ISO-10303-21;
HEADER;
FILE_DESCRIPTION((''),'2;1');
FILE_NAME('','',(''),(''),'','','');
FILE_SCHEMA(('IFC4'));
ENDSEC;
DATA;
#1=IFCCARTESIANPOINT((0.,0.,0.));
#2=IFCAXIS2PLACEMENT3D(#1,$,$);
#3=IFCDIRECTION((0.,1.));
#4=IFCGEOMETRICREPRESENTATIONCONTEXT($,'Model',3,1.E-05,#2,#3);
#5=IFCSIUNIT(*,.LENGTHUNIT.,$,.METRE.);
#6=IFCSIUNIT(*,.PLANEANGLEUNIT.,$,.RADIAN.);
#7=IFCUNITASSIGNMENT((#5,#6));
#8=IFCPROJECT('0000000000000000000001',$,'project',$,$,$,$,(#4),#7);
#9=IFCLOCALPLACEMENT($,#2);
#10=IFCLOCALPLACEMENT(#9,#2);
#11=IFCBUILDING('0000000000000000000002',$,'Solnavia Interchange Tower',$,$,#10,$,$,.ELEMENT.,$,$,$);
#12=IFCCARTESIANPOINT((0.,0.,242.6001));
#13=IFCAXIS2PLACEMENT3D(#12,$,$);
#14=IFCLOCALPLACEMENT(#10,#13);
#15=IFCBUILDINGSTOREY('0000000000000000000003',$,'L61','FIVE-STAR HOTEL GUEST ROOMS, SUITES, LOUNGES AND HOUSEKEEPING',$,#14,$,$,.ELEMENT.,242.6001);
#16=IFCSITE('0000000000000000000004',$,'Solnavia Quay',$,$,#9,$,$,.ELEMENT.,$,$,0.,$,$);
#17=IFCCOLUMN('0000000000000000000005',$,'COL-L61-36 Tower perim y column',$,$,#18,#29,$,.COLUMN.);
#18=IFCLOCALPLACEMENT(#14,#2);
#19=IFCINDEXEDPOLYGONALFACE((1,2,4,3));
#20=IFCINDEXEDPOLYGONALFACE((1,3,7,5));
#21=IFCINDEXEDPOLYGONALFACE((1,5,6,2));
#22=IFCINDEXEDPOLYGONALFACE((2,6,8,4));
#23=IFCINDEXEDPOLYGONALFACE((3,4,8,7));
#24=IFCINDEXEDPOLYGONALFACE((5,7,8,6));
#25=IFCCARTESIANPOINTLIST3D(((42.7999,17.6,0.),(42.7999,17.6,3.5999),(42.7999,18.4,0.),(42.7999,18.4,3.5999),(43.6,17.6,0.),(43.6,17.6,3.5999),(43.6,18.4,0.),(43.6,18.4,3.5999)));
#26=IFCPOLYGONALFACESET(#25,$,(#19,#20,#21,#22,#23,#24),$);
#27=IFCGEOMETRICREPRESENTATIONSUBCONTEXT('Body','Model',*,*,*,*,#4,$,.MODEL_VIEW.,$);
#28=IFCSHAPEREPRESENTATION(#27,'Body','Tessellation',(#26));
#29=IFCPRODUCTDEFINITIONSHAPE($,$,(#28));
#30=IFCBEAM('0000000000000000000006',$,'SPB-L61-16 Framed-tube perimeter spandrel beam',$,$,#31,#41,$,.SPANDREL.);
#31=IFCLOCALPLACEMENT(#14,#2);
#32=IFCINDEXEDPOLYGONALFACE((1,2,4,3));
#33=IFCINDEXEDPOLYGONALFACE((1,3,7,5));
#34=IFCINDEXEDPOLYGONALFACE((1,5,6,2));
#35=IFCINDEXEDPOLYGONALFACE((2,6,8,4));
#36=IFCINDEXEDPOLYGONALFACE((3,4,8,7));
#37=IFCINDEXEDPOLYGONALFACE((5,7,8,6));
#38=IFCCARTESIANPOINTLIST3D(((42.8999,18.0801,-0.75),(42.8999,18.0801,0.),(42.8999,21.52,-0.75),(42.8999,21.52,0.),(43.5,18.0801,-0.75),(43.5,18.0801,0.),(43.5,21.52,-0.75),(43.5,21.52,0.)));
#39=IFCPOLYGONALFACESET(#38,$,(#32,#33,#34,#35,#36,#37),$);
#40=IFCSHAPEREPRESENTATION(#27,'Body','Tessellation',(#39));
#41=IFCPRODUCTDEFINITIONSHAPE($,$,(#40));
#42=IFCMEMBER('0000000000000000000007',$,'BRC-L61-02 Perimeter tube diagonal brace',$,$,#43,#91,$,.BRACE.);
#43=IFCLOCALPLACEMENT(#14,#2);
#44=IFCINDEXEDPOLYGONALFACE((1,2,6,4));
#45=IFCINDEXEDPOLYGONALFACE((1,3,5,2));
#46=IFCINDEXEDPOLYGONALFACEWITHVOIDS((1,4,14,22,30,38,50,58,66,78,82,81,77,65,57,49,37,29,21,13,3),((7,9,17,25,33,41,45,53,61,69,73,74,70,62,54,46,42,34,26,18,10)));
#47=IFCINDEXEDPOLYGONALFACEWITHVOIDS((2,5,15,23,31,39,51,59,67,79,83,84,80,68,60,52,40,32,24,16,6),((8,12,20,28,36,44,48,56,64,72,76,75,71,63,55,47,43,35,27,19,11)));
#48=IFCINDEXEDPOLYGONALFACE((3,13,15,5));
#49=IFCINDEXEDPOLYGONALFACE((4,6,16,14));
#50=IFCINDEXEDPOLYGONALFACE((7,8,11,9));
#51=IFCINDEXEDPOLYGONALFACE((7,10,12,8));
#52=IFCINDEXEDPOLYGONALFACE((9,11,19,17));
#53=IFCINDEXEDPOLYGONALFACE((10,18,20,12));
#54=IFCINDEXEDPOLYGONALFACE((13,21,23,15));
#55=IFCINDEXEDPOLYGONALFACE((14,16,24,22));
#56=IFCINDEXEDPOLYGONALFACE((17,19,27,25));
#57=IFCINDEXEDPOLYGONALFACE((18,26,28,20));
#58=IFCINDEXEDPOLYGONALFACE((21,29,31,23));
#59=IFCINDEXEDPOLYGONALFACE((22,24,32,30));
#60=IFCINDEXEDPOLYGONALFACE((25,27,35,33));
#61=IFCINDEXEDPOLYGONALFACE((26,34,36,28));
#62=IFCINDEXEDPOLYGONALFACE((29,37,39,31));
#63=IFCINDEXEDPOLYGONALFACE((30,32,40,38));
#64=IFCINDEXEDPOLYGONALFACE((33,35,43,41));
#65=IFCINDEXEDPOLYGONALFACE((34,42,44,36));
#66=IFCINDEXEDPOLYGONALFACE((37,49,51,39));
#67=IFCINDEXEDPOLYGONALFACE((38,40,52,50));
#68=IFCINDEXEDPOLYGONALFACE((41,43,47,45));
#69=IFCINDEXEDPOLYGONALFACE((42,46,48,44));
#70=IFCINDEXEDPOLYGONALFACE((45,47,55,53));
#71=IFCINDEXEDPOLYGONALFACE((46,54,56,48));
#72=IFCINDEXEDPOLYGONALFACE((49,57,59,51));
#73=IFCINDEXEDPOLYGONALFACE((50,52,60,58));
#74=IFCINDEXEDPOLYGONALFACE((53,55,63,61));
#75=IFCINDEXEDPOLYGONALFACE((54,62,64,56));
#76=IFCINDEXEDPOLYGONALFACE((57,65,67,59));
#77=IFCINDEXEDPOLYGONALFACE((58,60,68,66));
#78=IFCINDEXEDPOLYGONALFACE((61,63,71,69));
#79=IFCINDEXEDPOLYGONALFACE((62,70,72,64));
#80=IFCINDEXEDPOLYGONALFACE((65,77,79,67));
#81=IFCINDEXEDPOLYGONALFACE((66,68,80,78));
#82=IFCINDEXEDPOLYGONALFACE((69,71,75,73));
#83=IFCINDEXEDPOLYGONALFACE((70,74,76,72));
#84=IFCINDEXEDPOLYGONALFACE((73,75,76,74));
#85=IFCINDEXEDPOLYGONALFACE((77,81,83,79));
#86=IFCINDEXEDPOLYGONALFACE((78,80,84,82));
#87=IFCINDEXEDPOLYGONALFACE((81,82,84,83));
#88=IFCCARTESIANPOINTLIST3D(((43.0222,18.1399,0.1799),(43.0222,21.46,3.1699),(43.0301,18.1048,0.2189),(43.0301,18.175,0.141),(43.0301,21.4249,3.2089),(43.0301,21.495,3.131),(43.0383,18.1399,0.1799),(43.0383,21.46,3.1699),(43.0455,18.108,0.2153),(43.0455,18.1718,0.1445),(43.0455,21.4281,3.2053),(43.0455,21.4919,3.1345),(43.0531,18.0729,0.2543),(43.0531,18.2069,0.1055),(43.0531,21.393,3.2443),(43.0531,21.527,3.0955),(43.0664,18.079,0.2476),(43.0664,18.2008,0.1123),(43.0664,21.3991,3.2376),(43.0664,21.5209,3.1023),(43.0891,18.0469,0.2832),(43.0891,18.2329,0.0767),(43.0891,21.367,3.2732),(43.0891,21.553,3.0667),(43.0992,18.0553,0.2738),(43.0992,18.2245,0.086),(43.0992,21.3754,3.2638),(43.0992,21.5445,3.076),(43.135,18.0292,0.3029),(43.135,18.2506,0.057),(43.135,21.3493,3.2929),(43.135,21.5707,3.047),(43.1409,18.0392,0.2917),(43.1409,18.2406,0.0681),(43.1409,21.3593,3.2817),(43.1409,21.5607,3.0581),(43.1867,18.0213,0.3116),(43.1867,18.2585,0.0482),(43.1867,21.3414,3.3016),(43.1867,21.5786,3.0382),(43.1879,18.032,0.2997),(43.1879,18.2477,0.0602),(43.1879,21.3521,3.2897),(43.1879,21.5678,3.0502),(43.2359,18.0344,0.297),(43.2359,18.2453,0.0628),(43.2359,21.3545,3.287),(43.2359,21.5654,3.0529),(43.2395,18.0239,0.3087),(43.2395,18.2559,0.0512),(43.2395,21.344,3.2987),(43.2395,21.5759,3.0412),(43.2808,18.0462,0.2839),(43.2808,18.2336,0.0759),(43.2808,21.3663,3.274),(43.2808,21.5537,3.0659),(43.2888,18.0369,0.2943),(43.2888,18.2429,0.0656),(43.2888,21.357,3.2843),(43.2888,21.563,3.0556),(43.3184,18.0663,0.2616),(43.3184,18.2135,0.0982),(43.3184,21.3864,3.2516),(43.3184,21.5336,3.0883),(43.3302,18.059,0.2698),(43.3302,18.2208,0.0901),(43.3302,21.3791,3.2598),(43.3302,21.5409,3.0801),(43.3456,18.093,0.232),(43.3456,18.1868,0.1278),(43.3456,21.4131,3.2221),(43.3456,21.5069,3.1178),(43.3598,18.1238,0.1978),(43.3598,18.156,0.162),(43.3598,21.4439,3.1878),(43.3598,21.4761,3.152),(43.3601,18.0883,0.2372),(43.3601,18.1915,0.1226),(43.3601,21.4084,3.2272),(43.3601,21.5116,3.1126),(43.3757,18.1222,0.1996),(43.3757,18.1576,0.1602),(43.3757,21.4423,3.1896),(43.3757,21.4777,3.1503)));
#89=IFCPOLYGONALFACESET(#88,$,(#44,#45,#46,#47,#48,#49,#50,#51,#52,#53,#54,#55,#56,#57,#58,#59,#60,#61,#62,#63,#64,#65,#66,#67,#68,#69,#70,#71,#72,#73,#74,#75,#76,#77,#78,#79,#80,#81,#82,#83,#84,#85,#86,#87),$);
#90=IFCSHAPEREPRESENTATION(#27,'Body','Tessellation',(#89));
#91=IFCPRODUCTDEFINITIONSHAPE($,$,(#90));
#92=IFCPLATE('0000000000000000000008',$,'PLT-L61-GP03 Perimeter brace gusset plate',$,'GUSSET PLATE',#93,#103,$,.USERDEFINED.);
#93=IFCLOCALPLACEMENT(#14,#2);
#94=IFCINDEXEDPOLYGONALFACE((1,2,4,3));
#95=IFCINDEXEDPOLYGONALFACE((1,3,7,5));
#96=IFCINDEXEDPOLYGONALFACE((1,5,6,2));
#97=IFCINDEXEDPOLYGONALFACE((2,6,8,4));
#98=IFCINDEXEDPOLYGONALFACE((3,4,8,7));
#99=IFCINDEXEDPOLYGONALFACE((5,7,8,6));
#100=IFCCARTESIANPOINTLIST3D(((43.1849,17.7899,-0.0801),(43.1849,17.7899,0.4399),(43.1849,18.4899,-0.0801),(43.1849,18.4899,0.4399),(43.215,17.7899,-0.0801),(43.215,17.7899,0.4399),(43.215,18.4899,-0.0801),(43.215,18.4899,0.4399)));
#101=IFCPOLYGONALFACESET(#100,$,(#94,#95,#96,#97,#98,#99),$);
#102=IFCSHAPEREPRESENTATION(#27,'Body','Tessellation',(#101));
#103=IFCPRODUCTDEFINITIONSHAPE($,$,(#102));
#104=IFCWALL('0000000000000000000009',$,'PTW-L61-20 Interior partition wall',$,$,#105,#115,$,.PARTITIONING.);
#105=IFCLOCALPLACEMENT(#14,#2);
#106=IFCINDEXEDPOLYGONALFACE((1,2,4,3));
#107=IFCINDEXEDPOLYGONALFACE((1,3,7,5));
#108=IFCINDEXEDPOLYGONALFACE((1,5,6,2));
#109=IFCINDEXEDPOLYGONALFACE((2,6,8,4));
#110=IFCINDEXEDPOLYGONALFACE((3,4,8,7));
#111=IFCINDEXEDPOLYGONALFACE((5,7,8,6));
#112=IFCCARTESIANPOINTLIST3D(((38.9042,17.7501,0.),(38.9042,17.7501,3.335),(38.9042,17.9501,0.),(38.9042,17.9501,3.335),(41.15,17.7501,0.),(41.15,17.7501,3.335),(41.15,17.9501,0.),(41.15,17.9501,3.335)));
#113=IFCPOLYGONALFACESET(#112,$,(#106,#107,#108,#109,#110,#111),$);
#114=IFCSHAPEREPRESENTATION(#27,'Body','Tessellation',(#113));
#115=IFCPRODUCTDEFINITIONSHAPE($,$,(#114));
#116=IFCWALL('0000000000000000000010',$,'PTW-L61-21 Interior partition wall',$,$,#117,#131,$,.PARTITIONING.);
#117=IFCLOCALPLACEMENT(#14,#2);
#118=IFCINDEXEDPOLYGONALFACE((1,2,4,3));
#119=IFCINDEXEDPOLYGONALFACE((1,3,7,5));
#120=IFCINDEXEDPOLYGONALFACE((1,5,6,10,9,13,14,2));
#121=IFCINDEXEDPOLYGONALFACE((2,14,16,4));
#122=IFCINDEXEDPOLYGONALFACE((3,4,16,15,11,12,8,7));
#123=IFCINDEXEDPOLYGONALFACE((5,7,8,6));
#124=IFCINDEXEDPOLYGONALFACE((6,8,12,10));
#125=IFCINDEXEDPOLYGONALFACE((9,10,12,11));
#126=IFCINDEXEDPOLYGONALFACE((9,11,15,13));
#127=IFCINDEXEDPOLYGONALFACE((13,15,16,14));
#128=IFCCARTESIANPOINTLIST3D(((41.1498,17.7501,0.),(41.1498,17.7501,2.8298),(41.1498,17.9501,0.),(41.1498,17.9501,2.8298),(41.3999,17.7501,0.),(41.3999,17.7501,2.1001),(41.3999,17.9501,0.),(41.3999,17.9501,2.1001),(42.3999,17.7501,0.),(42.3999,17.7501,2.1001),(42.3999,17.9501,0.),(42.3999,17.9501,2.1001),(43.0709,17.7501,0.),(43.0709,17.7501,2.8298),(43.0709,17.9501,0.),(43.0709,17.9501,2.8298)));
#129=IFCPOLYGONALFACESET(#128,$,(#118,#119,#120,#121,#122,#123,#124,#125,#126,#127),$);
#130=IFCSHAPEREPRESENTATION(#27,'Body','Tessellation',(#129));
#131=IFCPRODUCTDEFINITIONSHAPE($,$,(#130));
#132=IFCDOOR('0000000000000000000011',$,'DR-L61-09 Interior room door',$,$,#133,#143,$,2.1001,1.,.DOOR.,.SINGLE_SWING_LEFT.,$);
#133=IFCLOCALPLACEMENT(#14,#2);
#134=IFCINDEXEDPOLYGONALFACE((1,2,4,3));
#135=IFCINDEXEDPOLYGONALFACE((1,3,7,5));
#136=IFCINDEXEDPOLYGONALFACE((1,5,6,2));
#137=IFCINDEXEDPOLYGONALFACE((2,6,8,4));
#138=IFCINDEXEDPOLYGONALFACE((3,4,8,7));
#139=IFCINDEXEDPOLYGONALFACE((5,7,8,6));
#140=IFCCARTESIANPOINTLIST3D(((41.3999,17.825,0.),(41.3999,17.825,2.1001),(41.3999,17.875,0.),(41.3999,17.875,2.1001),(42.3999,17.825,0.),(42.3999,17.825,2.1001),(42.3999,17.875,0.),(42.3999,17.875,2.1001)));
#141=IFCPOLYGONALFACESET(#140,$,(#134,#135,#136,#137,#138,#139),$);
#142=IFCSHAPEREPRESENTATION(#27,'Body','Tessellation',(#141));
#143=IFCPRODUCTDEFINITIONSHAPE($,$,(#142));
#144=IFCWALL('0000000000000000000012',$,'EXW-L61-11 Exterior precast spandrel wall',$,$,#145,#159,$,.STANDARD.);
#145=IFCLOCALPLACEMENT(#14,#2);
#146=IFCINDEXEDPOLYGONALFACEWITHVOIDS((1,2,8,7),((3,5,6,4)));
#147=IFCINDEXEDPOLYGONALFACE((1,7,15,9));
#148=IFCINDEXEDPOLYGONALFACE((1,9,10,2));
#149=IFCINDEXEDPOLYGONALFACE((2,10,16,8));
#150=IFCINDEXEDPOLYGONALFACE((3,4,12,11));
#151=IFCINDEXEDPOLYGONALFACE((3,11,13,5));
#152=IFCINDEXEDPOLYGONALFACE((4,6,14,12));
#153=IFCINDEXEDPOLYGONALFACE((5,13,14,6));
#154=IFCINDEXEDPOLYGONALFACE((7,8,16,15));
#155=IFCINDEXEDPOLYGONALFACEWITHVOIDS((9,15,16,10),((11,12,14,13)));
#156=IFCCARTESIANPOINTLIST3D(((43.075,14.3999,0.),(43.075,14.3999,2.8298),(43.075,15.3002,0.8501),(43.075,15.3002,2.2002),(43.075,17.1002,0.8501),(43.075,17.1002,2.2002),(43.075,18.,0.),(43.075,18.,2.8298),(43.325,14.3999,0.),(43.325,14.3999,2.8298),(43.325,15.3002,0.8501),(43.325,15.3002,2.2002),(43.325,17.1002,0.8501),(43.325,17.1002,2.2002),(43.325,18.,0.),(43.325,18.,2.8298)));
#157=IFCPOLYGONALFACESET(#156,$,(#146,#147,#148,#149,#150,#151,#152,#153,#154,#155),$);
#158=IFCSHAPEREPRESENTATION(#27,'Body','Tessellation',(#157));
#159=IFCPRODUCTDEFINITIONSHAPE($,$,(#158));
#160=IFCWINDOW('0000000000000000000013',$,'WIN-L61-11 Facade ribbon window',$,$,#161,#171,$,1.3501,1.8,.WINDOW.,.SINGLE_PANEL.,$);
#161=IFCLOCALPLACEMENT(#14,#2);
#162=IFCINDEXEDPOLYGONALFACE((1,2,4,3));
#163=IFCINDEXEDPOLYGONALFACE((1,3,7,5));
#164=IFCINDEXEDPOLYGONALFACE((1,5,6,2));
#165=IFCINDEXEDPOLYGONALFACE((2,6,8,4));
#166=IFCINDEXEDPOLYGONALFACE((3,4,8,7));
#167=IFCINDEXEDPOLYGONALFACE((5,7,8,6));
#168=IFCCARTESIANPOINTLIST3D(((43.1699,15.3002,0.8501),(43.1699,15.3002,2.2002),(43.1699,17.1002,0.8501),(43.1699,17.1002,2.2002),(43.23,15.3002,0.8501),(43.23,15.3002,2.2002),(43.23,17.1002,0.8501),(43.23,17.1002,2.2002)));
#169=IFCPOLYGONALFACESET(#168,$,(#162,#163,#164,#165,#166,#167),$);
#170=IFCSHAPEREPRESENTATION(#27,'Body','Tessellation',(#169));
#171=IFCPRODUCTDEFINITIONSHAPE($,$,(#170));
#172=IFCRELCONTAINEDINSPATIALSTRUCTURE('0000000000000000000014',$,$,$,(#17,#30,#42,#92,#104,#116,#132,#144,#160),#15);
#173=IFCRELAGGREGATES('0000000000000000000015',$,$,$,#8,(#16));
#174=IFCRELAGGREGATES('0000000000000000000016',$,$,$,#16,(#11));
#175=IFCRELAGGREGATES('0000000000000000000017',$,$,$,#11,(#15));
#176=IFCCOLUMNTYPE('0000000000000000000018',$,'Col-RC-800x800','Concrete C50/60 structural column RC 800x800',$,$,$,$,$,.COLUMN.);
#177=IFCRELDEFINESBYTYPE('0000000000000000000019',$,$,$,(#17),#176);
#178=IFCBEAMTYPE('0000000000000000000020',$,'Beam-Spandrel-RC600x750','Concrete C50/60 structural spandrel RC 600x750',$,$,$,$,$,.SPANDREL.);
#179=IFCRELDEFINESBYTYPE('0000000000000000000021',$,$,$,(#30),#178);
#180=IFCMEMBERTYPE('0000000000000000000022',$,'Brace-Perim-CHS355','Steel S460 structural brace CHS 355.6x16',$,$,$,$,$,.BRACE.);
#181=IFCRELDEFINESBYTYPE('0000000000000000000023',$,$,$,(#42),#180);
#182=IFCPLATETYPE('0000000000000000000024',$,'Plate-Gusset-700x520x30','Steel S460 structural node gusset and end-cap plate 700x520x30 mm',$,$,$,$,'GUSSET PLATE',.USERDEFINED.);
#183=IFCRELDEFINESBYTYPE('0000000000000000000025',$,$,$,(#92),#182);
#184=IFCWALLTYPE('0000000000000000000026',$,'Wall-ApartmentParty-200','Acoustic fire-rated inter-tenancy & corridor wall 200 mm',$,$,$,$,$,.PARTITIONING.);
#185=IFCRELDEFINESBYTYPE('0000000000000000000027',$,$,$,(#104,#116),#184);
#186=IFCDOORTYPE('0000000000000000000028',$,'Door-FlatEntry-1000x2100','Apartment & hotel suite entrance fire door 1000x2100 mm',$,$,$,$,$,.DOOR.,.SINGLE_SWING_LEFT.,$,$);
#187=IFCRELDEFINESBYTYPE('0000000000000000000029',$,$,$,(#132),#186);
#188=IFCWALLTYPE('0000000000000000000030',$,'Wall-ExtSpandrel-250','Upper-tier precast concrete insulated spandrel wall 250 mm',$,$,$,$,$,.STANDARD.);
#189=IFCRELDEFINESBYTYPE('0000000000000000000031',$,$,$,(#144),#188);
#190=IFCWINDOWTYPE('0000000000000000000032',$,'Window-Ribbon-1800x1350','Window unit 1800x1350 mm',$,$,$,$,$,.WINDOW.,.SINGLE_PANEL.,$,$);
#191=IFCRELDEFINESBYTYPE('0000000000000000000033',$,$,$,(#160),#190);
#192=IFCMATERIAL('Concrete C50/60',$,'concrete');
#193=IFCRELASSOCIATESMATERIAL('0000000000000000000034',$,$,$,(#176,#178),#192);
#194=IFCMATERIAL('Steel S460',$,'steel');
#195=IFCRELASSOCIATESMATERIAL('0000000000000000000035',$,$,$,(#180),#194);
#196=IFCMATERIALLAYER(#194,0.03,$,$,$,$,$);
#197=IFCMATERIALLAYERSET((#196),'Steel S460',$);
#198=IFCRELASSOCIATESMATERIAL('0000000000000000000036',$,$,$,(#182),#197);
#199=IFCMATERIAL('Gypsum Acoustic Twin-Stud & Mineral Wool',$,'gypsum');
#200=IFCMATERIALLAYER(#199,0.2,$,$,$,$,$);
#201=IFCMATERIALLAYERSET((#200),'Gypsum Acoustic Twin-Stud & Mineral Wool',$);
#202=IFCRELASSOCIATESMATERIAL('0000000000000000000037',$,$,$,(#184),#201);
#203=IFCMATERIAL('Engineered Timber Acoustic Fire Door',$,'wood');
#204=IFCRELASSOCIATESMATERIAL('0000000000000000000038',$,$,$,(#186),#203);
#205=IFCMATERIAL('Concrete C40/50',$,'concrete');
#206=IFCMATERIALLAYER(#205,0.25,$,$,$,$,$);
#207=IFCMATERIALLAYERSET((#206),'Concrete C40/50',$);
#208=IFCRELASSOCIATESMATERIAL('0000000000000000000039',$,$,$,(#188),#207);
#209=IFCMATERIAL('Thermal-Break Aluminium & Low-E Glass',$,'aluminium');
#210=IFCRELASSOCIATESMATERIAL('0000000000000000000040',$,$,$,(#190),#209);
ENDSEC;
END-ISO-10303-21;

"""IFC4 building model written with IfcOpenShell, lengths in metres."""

from ifc_helpers import new_model, si_unit, direction, frame, frame_2d, origin, origin_2d, place, context, subcontext, project, spatial, rectangle, hollow_circle, extrude, material, layer, layer_set, material_profile, profile_set, type_object, element, fill, save


model = new_model("IFC4")

# Units and contexts
model_context = context("Model", 3, precision=1e-05, world=origin(), true_north=direction((0.0, 1.0)))
body_context = subcontext(model_context, "Body", "Model", "MODEL_VIEW")
ifc_project = project(units=[si_unit("LENGTHUNIT", "METRE"), si_unit("PLANEANGLEUNIT", "RADIAN")], contexts=[model_context])

# Site, building, storey
site_placement = place(None, origin())
site = spatial("IfcSite", under=ifc_project, at=site_placement, Name="Solnavia Quay", CompositionType="ELEMENT", RefElevation=0.0)
building_placement = place(site_placement, origin())
building = spatial("IfcBuilding", under=site, at=building_placement, Name="Solnavia Interchange Tower", CompositionType="ELEMENT")
storey_placement = place(building_placement, frame((0.0, 0.0, 242.6001)))
storey = spatial("IfcBuildingStorey", under=building, at=storey_placement, Name="L61", Description="FIVE-STAR HOTEL GUEST ROOMS, SUITES, LOUNGES AND HOUSEKEEPING", CompositionType="ELEMENT", Elevation=242.6001)

# Column
ifc_material_1 = material(Name="Concrete C50/60", Category="concrete")
ifc_material_profile_1 = material_profile(ifc_material_1, rectangle(XDim=0.8, YDim=0.8, at=origin_2d()), Name="RC 800x800")
ifc_profile_set_1 = profile_set([ifc_material_profile_1], Name="Concrete C50/60")
column_type = type_object("IfcColumnType", Name="Col-RC-800x800", Description="Concrete C50/60 structural column RC 800x800", PredefinedType="COLUMN", material=ifc_profile_set_1)
column_placement = place(storey_placement, frame((43.2, 18.0, 0.0), z_axis=(0.0, 0.0, 1.0), x_axis=(0.0, 1.0, 0.0)))
element("IfcColumn", 1, at=column_placement, inside=storey, type_object=column_type, Name="COL-L61-36 Tower perim y column", PredefinedType="COLUMN", context=body_context, shape_type="SweptSolid", body=[
    extrude(rectangle(XDim=0.8, YDim=0.8, at=origin_2d()), origin(), (0.0, 0.0, 1.0), 3.5999),
])

# Beam
ifc_material_profile_2 = material_profile(ifc_material_1, rectangle(XDim=0.6001, YDim=0.75, at=origin_2d()), Name="RC 600x750")
ifc_profile_set_2 = profile_set([ifc_material_profile_2], Name="Concrete C50/60")
beam_type = type_object("IfcBeamType", Name="Beam-Spandrel-RC600x750", Description="Concrete C50/60 structural spandrel RC 600x750", PredefinedType="SPANDREL", material=ifc_profile_set_2)
beam_placement = place(storey_placement, frame((43.2, 18.0801, -0.375), z_axis=(0.0, 1.0, 0.0), x_axis=(-1.0, 0.0, 0.0)))
element("IfcBeam", 2, at=beam_placement, inside=storey, type_object=beam_type, Name="SPB-L61-16 Framed-tube perimeter spandrel beam", PredefinedType="SPANDREL", context=body_context, shape_type="SweptSolid", body=[
    extrude(rectangle(XDim=0.6001, YDim=0.75, at=origin_2d()), origin(), (0.0, 0.0, 1.0), 3.4399),
])

# Member
ifc_material_2 = material(Name="Steel S460", Category="steel")
ifc_material_profile_3 = material_profile(ifc_material_2, hollow_circle(Radius=0.1777, WallThickness=0.0161, at=origin_2d()), Name="CHS 355.6x16")
ifc_profile_set_3 = profile_set([ifc_material_profile_3], Name="Steel S460")
member_type = type_object("IfcMemberType", Name="Brace-Perim-CHS355", Description="Steel S460 structural brace CHS 355.6x16", PredefinedType="BRACE", material=ifc_profile_set_3)
member_placement = place(storey_placement, frame((43.2, 18.1399, 0.1799), z_axis=(0.0, 0.743079, 0.669203), x_axis=(-1.0, 0.0, 0.0)))
element("IfcMember", 3, at=member_placement, inside=storey, type_object=member_type, Name="BRC-L61-02 Perimeter tube diagonal brace", PredefinedType="BRACE", context=body_context, shape_type="SweptSolid", body=[
    extrude(hollow_circle(Radius=0.1777, WallThickness=0.0161, at=origin_2d()), origin(), (0.0, 0.0, 1.0), 4.468),
])

# Plate
ifc_layer_1 = layer(ifc_material_2, 0.03)
ifc_layer_set_1 = layer_set([ifc_layer_1], Name="Steel S460")
plate_type = type_object("IfcPlateType", Name="Plate-Gusset-700x520x30", Description="Steel S460 structural node gusset and end-cap plate 700x520x30 mm", ElementType="GUSSET PLATE", PredefinedType="USERDEFINED", material=ifc_layer_set_1)
plate_placement = place(storey_placement, frame((43.2, 18.1399, -0.0801), z_axis=(0.0, 0.0, 1.0), x_axis=(0.0, 1.0, 0.0)))
element("IfcPlate", 4, at=plate_placement, inside=storey, type_object=plate_type, Name="PLT-L61-GP03 Perimeter brace gusset plate", ObjectType="GUSSET PLATE", PredefinedType="USERDEFINED", context=body_context, shape_type="SweptSolid", body=[
    extrude(rectangle(XDim=0.7, YDim=0.03, at=origin_2d()), origin(), (0.0, 0.0, 1.0), 0.52),
])

# Wall
ifc_material_3 = material(Name="Gypsum Acoustic Twin-Stud & Mineral Wool", Category="gypsum")
ifc_layer_2 = layer(ifc_material_3, 0.2)
ifc_layer_set_2 = layer_set([ifc_layer_2], Name="Gypsum Acoustic Twin-Stud & Mineral Wool")
wall_type_1 = type_object("IfcWallType", Name="Wall-ApartmentParty-200", Description="Acoustic fire-rated inter-tenancy & corridor wall 200 mm", PredefinedType="PARTITIONING", material=ifc_layer_set_2)
wall_1_placement = place(storey_placement, frame((38.9041, 17.8501, 0.0), z_axis=(0.0, 0.0, 1.0), x_axis=(1.0, 0.0, 0.0)))
element("IfcWall", 5, at=wall_1_placement, inside=storey, type_object=wall_type_1, Name="PTW-L61-20 Interior partition wall", PredefinedType="PARTITIONING", context=body_context, shape_type="SweptSolid", body=[
    extrude(rectangle(XDim=2.2458, YDim=0.2, at=frame_2d((1.123, 0.0))), origin(), (0.0, 0.0, 1.0), 3.335),
])

# Wall, opening, door
wall_2_placement = place(storey_placement, frame((41.1499, 17.8501, 0.0), z_axis=(0.0, 0.0, 1.0), x_axis=(1.0, 0.0, 0.0)))
wall_2 = element("IfcWall", 6, at=wall_2_placement, inside=storey, type_object=wall_type_1, Name="PTW-L61-21 Interior partition wall", PredefinedType="PARTITIONING", context=body_context, shape_type="SweptSolid", body=[
    extrude(rectangle(XDim=1.9211, YDim=0.2, at=frame_2d((0.9604, 0.0))), origin(), (0.0, 0.0, 1.0), 2.8298),
])
opening_1_placement = place(wall_2_placement, frame((0.25, 0.0, 0.0)))
opening_1 = element("IfcOpeningElement", 7, at=opening_1_placement, cuts=wall_2, PredefinedType="OPENING", context=body_context, shape_type="SweptSolid", body=[
    extrude(rectangle(XDim=1.0, YDim=2.1001, at=frame_2d((0.5, 1.05))), frame((0.0, 0.1099, 0.0), z_axis=(0.0, -1.0, 0.0), x_axis=(1.0, 0.0, 0.0)), (0.0, 0.0, 1.0), 0.22),
])
ifc_material_4 = material(Name="Engineered Timber Acoustic Fire Door", Category="wood")
door_type_1 = type_object("IfcDoorType", Name="Door-FlatEntry-1000x2100", Description="Apartment & hotel suite entrance fire door 1000x2100 mm", OperationType="SINGLE_SWING_LEFT", PredefinedType="DOOR", material=ifc_material_4)
door_1_placement = place(opening_1_placement, origin())
door_1 = element("IfcDoor", 8, at=door_1_placement, inside=storey, type_object=door_type_1, Name="DR-L61-09 Interior room door", OperationType="SINGLE_SWING_LEFT", OverallHeight=2.1001, OverallWidth=1.0, PredefinedType="DOOR", context=body_context, shape_type="SweptSolid", body=[
    extrude(rectangle(XDim=1.0, YDim=2.1001, at=frame_2d((0.5, 1.05))), frame((0.0, 0.0249, 0.0), z_axis=(0.0, -1.0, 0.0), x_axis=(1.0, 0.0, 0.0)), (0.0, 0.0, 1.0), 0.05),
])
fill(opening_1, door_1)

# Wall, opening, window
ifc_material_5 = material(Name="Concrete C40/50", Category="concrete")
ifc_layer_3 = layer(ifc_material_5, 0.25)
ifc_layer_set_3 = layer_set([ifc_layer_3], Name="Concrete C40/50")
wall_type_2 = type_object("IfcWallType", Name="Wall-ExtSpandrel-250", Description="Upper-tier precast concrete insulated spandrel wall 250 mm", PredefinedType="STANDARD", material=ifc_layer_set_3)
wall_3_placement = place(storey_placement, frame((43.2, 18.0, 0.0), z_axis=(0.0, 0.0, 1.0), x_axis=(0.0, -1.0, 0.0)))
wall_3 = element("IfcWall", 9, at=wall_3_placement, inside=storey, type_object=wall_type_2, Name="EXW-L61-11 Exterior precast spandrel wall", PredefinedType="STANDARD", context=body_context, shape_type="SweptSolid", body=[
    extrude(rectangle(XDim=3.6001, YDim=0.25, at=frame_2d((1.8, 0.0))), origin(), (0.0, 0.0, 1.0), 2.8298),
])
opening_2_placement = place(wall_3_placement, frame((0.8999, 0.0, 0.8501)))
opening_2 = element("IfcOpeningElement", 10, at=opening_2_placement, cuts=wall_3, PredefinedType="OPENING", context=body_context, shape_type="SweptSolid", body=[
    extrude(rectangle(XDim=1.8, YDim=1.3501, at=frame_2d((0.8999, 0.675))), frame((0.0, 0.135, 0.0), z_axis=(0.0, -1.0, 0.0), x_axis=(1.0, 0.0, 0.0)), (0.0, 0.0, 1.0), 0.27),
])
ifc_material_6 = material(Name="Thermal-Break Aluminium & Low-E Glass", Category="aluminium")
window_type = type_object("IfcWindowType", Name="Window-Ribbon-1800x1350", Description="Window unit 1800x1350 mm", PartitioningType="SINGLE_PANEL", PredefinedType="WINDOW", material=ifc_material_6)
window_placement = place(opening_2_placement, origin())
window = element("IfcWindow", 11, at=window_placement, inside=storey, type_object=window_type, Name="WIN-L61-11 Facade ribbon window", OverallHeight=1.3501, OverallWidth=1.8, PartitioningType="SINGLE_PANEL", PredefinedType="WINDOW", context=body_context, shape_type="SweptSolid", body=[
    extrude(rectangle(XDim=1.8, YDim=1.3501, at=frame_2d((0.8999, 0.675))), frame((0.0, 0.03, 0.0), z_axis=(0.0, -1.0, 0.0), x_axis=(1.0, 0.0, 0.0)), (0.0, 0.0, 1.0), 0.0601),
])
fill(opening_2, window)

save(model, "model.ifc")
